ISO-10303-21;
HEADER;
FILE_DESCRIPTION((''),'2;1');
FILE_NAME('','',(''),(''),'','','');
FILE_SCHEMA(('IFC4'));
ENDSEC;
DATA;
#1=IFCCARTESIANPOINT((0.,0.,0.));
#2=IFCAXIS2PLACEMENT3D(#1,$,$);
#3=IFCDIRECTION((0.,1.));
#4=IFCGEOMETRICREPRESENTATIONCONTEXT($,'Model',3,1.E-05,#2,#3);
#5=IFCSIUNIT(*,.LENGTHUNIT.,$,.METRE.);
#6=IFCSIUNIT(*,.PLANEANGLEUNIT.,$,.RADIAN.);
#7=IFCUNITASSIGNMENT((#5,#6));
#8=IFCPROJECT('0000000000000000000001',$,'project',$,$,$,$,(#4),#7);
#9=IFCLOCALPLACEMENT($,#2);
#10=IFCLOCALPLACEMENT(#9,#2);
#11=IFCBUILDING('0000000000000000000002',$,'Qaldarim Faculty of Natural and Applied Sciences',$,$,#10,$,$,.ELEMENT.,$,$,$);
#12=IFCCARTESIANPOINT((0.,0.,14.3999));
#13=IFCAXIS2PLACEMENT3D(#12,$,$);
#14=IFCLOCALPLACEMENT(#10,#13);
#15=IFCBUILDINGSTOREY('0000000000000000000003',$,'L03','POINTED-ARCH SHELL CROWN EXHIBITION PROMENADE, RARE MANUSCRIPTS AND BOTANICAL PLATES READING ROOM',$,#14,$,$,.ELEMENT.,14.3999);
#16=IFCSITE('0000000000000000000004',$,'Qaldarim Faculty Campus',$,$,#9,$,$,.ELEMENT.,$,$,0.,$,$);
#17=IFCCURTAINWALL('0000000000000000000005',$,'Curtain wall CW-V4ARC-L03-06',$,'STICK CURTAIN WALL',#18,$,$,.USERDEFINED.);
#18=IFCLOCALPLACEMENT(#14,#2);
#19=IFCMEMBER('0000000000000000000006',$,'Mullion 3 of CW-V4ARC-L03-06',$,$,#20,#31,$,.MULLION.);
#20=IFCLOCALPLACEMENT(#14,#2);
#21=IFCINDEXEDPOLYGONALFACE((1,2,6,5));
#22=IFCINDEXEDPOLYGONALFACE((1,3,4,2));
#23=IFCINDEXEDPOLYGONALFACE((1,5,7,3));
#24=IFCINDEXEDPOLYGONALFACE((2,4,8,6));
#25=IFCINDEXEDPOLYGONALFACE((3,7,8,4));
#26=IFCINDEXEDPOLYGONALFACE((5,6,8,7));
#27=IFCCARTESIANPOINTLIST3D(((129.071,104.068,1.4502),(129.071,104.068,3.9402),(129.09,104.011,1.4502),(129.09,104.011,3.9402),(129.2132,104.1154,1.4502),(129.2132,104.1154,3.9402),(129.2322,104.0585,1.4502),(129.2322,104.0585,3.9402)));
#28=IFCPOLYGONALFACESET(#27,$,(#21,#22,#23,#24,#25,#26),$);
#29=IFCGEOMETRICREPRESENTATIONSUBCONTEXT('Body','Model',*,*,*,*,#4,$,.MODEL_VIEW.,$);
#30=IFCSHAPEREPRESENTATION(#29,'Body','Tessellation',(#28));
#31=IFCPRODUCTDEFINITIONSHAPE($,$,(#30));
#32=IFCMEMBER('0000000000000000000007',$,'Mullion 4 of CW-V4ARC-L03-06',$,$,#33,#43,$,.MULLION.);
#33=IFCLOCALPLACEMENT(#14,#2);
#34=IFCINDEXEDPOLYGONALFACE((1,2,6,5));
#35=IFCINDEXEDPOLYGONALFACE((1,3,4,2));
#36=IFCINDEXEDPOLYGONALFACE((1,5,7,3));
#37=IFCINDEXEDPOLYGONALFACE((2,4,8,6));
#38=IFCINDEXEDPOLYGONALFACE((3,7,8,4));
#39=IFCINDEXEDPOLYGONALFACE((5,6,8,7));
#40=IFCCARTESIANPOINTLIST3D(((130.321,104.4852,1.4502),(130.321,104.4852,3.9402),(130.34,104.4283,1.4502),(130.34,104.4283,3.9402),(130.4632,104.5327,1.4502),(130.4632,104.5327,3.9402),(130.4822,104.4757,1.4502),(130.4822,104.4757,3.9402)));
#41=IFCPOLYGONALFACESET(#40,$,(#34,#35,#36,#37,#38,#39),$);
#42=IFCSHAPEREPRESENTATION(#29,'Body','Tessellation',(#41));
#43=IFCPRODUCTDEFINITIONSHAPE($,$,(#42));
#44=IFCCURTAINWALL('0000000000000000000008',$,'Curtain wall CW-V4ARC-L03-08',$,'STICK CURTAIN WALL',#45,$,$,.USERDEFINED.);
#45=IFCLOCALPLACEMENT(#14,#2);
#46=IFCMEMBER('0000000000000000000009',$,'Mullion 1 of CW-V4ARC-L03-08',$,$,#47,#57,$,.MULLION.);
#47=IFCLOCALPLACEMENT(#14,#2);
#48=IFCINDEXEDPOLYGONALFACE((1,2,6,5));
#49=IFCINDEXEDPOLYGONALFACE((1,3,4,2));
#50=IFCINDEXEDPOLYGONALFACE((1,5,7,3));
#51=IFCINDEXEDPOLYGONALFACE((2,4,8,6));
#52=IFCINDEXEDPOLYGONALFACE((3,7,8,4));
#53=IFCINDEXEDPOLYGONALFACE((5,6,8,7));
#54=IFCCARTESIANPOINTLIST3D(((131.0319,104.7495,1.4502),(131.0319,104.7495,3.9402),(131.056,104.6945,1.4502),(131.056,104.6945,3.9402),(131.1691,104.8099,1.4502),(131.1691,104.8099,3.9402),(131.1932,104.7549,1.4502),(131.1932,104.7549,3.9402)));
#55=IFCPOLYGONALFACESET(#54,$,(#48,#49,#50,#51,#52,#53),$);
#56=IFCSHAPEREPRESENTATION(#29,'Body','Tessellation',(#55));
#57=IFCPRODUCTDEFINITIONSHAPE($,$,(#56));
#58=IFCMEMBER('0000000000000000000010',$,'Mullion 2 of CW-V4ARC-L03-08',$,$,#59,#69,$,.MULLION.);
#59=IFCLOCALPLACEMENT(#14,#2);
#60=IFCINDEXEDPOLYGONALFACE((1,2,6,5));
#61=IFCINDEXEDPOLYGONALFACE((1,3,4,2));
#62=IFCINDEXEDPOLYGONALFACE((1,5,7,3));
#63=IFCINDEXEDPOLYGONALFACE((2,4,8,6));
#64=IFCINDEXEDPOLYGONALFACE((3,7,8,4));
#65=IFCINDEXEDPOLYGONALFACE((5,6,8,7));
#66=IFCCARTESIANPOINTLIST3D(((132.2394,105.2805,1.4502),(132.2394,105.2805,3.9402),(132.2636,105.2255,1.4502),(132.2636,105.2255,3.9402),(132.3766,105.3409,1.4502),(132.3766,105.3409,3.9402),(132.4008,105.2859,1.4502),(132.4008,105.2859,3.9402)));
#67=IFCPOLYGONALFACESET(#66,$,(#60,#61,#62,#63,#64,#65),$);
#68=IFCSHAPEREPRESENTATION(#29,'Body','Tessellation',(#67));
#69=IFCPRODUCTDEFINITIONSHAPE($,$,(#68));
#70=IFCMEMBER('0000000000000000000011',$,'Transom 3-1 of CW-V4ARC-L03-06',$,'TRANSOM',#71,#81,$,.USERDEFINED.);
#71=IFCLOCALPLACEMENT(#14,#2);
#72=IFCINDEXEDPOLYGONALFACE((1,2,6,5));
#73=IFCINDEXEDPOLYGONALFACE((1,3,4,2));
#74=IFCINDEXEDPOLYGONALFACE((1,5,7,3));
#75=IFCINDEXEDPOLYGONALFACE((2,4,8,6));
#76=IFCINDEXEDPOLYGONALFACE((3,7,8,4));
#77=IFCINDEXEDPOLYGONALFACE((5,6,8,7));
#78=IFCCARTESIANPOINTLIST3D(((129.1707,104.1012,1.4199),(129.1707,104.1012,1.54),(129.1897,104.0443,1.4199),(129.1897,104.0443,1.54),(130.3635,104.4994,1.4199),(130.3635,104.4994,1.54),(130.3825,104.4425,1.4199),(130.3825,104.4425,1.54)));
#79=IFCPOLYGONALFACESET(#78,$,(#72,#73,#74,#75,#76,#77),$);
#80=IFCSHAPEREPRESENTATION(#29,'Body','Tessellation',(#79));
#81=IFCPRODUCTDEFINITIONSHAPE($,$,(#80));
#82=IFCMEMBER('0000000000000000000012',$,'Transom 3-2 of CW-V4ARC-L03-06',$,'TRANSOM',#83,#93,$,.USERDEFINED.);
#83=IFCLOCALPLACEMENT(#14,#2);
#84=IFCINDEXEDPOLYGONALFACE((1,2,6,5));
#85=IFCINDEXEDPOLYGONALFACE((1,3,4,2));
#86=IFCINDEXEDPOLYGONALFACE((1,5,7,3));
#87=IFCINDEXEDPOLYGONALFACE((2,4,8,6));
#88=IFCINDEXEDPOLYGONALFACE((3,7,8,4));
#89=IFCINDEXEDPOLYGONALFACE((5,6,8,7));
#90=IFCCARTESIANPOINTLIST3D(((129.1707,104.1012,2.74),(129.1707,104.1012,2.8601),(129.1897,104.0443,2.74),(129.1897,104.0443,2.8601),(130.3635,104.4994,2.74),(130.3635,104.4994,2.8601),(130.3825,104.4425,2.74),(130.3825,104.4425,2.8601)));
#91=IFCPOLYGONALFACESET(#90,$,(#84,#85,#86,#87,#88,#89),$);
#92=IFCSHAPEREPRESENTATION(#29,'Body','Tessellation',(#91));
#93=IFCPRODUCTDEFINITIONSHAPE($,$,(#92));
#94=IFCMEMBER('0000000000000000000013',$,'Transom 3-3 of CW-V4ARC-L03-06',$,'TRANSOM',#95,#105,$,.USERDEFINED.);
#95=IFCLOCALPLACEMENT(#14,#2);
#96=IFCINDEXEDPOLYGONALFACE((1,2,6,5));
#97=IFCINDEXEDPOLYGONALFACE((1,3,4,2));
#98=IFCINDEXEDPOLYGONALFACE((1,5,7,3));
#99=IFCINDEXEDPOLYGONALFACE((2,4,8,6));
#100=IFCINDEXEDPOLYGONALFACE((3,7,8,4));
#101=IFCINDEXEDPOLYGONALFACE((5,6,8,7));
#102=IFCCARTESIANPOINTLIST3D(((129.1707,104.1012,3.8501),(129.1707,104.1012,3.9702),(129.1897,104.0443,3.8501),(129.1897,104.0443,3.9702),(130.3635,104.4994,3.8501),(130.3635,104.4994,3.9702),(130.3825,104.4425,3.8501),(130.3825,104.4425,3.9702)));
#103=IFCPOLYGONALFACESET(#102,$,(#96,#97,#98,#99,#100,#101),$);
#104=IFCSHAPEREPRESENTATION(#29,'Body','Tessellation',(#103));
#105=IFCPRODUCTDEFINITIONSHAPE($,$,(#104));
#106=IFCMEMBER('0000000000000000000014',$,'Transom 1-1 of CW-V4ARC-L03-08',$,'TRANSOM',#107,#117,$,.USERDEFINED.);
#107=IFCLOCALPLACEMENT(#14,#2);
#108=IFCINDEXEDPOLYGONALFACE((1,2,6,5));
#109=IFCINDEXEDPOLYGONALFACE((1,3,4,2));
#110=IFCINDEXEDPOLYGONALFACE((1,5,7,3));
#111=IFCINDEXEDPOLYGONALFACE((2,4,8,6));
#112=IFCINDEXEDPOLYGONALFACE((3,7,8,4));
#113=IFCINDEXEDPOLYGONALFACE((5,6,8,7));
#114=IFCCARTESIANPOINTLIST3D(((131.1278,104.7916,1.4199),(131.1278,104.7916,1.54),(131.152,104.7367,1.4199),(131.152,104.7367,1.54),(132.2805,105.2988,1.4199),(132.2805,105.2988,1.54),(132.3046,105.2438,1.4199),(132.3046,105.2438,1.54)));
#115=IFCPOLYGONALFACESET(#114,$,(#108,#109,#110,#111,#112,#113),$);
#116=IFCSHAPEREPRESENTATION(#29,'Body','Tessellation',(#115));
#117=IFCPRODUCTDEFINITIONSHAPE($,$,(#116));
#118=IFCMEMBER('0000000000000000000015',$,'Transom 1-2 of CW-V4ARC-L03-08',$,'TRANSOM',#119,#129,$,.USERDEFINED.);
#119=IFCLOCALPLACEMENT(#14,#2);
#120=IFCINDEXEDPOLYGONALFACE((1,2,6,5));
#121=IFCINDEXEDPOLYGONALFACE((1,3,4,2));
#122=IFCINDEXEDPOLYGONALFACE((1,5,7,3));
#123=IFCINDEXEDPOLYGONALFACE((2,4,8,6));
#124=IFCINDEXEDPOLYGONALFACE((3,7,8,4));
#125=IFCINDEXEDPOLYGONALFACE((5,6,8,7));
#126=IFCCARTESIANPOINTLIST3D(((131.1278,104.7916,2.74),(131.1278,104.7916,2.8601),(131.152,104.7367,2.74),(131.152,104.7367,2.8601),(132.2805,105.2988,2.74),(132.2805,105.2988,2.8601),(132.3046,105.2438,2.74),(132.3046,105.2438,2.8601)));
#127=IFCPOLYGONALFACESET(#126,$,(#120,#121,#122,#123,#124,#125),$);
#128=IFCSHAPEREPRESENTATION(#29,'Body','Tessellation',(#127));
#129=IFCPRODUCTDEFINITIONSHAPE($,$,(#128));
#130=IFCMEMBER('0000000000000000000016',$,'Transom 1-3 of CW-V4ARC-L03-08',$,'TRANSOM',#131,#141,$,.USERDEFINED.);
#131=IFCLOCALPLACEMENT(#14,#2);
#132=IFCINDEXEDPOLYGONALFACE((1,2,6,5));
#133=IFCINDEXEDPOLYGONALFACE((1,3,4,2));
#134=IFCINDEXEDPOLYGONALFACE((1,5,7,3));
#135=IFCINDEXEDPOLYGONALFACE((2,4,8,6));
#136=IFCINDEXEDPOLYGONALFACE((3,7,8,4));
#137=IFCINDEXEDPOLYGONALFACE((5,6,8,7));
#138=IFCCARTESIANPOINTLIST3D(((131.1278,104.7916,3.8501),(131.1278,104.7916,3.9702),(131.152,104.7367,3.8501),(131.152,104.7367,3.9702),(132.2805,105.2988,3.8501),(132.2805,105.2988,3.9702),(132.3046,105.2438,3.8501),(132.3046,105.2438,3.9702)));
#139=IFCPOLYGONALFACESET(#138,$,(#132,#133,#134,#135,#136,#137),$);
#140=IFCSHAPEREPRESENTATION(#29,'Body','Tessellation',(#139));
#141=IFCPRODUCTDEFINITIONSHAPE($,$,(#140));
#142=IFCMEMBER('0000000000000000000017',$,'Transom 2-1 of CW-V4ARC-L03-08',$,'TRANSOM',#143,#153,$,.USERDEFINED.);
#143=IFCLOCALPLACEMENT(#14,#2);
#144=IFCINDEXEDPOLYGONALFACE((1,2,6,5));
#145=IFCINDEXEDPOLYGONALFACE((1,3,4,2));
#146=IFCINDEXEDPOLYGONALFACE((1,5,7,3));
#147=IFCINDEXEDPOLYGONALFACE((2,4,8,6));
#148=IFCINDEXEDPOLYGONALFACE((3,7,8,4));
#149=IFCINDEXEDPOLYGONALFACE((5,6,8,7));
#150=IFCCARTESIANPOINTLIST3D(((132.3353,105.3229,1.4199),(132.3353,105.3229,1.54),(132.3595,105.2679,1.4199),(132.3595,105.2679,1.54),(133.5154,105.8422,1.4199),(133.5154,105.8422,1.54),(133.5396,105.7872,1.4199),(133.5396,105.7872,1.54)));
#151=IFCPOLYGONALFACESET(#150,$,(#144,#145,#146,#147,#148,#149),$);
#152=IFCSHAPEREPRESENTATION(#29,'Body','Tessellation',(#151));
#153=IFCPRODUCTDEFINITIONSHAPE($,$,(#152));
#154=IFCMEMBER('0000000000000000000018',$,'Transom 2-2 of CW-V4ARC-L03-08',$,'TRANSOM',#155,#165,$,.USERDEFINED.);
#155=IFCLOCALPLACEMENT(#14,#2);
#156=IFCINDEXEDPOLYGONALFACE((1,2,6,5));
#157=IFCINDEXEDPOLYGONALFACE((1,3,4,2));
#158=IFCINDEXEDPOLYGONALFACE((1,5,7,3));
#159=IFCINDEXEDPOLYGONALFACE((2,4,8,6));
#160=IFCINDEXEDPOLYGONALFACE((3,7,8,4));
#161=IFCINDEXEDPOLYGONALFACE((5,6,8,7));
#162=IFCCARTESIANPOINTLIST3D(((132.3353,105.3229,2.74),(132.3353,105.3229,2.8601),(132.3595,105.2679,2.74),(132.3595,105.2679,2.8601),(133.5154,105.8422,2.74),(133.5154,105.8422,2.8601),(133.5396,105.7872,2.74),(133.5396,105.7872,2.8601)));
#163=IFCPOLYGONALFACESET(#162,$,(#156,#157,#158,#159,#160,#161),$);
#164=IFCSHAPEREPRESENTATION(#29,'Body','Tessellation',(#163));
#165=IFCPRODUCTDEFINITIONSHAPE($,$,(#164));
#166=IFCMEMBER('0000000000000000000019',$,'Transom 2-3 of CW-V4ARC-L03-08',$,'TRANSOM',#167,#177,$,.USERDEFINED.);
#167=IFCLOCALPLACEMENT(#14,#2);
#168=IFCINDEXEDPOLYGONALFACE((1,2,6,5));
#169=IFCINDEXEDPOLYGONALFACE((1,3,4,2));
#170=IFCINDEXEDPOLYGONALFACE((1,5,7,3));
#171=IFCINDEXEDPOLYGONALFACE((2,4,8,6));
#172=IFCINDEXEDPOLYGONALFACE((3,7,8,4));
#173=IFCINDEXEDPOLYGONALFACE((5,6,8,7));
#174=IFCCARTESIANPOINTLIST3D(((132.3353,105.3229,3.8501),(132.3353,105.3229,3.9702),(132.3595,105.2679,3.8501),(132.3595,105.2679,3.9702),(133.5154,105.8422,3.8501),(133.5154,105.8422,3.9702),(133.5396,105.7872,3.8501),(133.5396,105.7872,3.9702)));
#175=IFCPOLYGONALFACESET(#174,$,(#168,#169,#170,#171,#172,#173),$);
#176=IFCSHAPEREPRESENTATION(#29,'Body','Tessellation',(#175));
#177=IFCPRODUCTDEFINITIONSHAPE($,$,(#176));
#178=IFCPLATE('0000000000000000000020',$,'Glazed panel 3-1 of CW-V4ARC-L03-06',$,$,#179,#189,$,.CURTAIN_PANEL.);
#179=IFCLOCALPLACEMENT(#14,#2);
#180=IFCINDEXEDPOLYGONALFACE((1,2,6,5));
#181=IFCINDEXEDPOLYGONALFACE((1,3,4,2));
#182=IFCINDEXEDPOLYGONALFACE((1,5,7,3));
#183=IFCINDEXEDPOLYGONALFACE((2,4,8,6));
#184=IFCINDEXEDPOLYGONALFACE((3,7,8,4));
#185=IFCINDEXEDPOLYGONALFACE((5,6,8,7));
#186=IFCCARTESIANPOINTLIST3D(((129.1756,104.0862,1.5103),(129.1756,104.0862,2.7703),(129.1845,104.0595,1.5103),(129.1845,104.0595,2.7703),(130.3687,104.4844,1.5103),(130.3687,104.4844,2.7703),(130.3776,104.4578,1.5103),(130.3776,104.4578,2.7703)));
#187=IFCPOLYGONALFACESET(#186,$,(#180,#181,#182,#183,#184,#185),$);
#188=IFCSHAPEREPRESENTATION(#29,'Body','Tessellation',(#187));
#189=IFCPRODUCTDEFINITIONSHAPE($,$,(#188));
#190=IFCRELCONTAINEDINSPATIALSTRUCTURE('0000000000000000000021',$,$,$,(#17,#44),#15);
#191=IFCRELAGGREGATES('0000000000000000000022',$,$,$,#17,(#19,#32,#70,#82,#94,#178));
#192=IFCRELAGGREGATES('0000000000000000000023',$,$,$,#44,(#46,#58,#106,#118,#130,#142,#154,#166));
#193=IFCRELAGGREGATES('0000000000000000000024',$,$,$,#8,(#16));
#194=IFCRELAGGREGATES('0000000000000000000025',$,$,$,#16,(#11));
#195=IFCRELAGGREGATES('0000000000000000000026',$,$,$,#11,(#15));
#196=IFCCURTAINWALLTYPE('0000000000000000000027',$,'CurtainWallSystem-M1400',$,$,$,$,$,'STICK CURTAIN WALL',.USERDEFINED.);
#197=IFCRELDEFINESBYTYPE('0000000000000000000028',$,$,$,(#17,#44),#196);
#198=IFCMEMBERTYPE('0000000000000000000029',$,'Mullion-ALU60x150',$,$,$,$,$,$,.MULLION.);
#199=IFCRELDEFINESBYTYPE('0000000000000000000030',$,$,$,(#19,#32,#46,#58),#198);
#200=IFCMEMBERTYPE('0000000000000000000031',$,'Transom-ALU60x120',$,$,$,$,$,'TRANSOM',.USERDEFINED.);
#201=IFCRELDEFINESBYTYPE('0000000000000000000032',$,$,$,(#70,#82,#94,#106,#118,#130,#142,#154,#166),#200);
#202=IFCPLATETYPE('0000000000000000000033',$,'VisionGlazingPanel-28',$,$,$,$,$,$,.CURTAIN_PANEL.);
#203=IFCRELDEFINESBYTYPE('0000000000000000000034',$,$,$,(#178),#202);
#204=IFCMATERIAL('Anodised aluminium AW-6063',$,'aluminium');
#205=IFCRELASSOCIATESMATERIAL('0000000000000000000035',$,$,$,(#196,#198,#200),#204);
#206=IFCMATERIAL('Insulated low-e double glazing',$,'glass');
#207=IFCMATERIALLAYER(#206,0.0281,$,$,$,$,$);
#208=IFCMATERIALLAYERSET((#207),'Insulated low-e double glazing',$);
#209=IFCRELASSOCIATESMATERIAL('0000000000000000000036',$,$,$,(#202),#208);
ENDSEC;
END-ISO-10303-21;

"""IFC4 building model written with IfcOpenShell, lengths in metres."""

from ifc_helpers import new_model, si_unit, direction, frame, origin, origin_2d, place, context, subcontext, project, spatial, rectangle, extrude, material, layer, layer_set, material_profile, profile_set, type_object, element, aggregate, save


model = new_model("IFC4")

# Units and contexts
model_context = context("Model", 3, precision=1e-05, world=origin(), true_north=direction((0.0, 1.0)))
body_context = subcontext(model_context, "Body", "Model", "MODEL_VIEW")
ifc_project = project(units=[si_unit("LENGTHUNIT", "METRE"), si_unit("PLANEANGLEUNIT", "RADIAN")], contexts=[model_context])

# Site, building, storey
site_placement = place(None, origin())
site = spatial("IfcSite", under=ifc_project, at=site_placement, Name="Qaldarim Faculty Campus", CompositionType="ELEMENT", RefElevation=0.0)
building_placement = place(site_placement, origin())
building = spatial("IfcBuilding", under=site, at=building_placement, Name="Qaldarim Faculty of Natural and Applied Sciences", CompositionType="ELEMENT")
storey_placement = place(building_placement, frame((0.0, 0.0, 14.3999)))
storey = spatial("IfcBuildingStorey", under=building, at=storey_placement, Name="L03", Description="POINTED-ARCH SHELL CROWN EXHIBITION PROMENADE, RARE MANUSCRIPTS AND BOTANICAL PLATES READING ROOM", CompositionType="ELEMENT", Elevation=14.3999)

# Curtain walls, members
ifc_material_1 = material(Name="Anodised aluminium AW-6063", Category="aluminium")
curtain_wall_type = type_object("IfcCurtainWallType", Name="CurtainWallSystem-M1400", ElementType="STICK CURTAIN WALL", PredefinedType="USERDEFINED", material=ifc_material_1)
curtain_wall_1_placement = place(storey_placement, origin())
curtain_wall_1 = element("IfcCurtainWall", 1, at=curtain_wall_1_placement, inside=storey, type_object=curtain_wall_type, Name="Curtain wall CW-V4ARC-L03-06", ObjectType="STICK CURTAIN WALL", PredefinedType="USERDEFINED")
ifc_material_profile_1 = material_profile(ifc_material_1, rectangle(XDim=0.0601, YDim=0.1499, at=origin_2d()), Name="ALU-M60x150")
ifc_profile_set_1 = profile_set([ifc_material_profile_1], Name="Anodised aluminium AW-6063")
member_type_1 = type_object("IfcMemberType", Name="Mullion-ALU60x150", PredefinedType="MULLION", material=ifc_profile_set_1)
member_1_placement = place(storey_placement, frame((129.1516, 104.0632, 1.4502), z_axis=(0.0, 0.0, 1.0), x_axis=(-0.316593, 0.948562, 0.0)))
member_1 = element("IfcMember", 2, at=member_1_placement, type_object=member_type_1, Name="Mullion 3 of CW-V4ARC-L03-06", PredefinedType="MULLION", context=body_context, shape_type="SweptSolid", body=[
    extrude(rectangle(XDim=0.0601, YDim=0.1499, at=origin_2d()), origin(), (0.0, 0.0, 1.0), 2.49),
])
member_2_placement = place(storey_placement, frame((130.4016, 104.4805, 1.4502), z_axis=(0.0, 0.0, 1.0), x_axis=(-0.316593, 0.948562, 0.0)))
member_2 = element("IfcMember", 3, at=member_2_placement, type_object=member_type_1, Name="Mullion 4 of CW-V4ARC-L03-06", PredefinedType="MULLION", context=body_context, shape_type="SweptSolid", body=[
    extrude(rectangle(XDim=0.0601, YDim=0.1499, at=origin_2d()), origin(), (0.0, 0.0, 1.0), 2.49),
])
curtain_wall_2_placement = place(storey_placement, origin())
curtain_wall_2 = element("IfcCurtainWall", 4, at=curtain_wall_2_placement, inside=storey, type_object=curtain_wall_type, Name="Curtain wall CW-V4ARC-L03-08", ObjectType="STICK CURTAIN WALL", PredefinedType="USERDEFINED")
member_3_placement = place(storey_placement, frame((131.1125, 104.7522, 1.4502), z_axis=(0.0, 0.0, 1.0), x_axis=(-0.402699, 0.915333, 0.0)))
member_3 = element("IfcMember", 5, at=member_3_placement, type_object=member_type_1, Name="Mullion 1 of CW-V4ARC-L03-08", PredefinedType="MULLION", context=body_context, shape_type="SweptSolid", body=[
    extrude(rectangle(XDim=0.0601, YDim=0.1499, at=origin_2d()), origin(), (0.0, 0.0, 1.0), 2.49),
])
member_4_placement = place(storey_placement, frame((132.3201, 105.2832, 1.4502), z_axis=(0.0, 0.0, 1.0), x_axis=(-0.402699, 0.915333, 0.0)))
member_4 = element("IfcMember", 6, at=member_4_placement, type_object=member_type_1, Name="Mullion 2 of CW-V4ARC-L03-08", PredefinedType="MULLION", context=body_context, shape_type="SweptSolid", body=[
    extrude(rectangle(XDim=0.0601, YDim=0.1499, at=origin_2d()), origin(), (0.0, 0.0, 1.0), 2.49),
])

# Members
ifc_material_profile_2 = material_profile(ifc_material_1, rectangle(XDim=0.0601, YDim=0.1201, at=origin_2d()), Name="ALU-T60x120")
ifc_profile_set_2 = profile_set([ifc_material_profile_2], Name="Anodised aluminium AW-6063")
member_type_2 = type_object("IfcMemberType", Name="Transom-ALU60x120", ElementType="TRANSOM", PredefinedType="USERDEFINED", material=ifc_profile_set_2)
member_5_placement = place(storey_placement, frame((129.1802, 104.0728, 1.48), z_axis=(0.948547, 0.316635, 0.0), x_axis=(-0.316635, 0.948547, 0.0)))
member_5 = element("IfcMember", 7, at=member_5_placement, type_object=member_type_2, Name="Transom 3-1 of CW-V4ARC-L03-06", ObjectType="TRANSOM", PredefinedType="USERDEFINED", context=body_context, shape_type="SweptSolid", body=[
    extrude(rectangle(XDim=0.0601, YDim=0.1201, at=origin_2d()), origin(), (0.0, 0.0, 1.0), 1.2576),
])
member_6_placement = place(storey_placement, frame((129.1802, 104.0728, 2.8), z_axis=(0.948547, 0.316635, 0.0), x_axis=(-0.316635, 0.948547, 0.0)))
member_6 = element("IfcMember", 8, at=member_6_placement, type_object=member_type_2, Name="Transom 3-2 of CW-V4ARC-L03-06", ObjectType="TRANSOM", PredefinedType="USERDEFINED", context=body_context, shape_type="SweptSolid", body=[
    extrude(rectangle(XDim=0.0601, YDim=0.1201, at=origin_2d()), origin(), (0.0, 0.0, 1.0), 1.2576),
])
member_7_placement = place(storey_placement, frame((129.1802, 104.0728, 3.9102), z_axis=(0.948547, 0.316635, 0.0), x_axis=(-0.316635, 0.948547, 0.0)))
member_7 = element("IfcMember", 9, at=member_7_placement, type_object=member_type_2, Name="Transom 3-3 of CW-V4ARC-L03-06", ObjectType="TRANSOM", PredefinedType="USERDEFINED", context=body_context, shape_type="SweptSolid", body=[
    extrude(rectangle(XDim=0.0601, YDim=0.1201, at=origin_2d()), origin(), (0.0, 0.0, 1.0), 1.2576),
])
member_8_placement = place(storey_placement, frame((131.1399, 104.7642, 1.48), z_axis=(0.915332, 0.4027, 0.0), x_axis=(-0.4027, 0.915332, 0.0)))
member_8 = element("IfcMember", 10, at=member_8_placement, type_object=member_type_2, Name="Transom 1-1 of CW-V4ARC-L03-08", ObjectType="TRANSOM", PredefinedType="USERDEFINED", context=body_context, shape_type="SweptSolid", body=[
    extrude(rectangle(XDim=0.0601, YDim=0.1201, at=origin_2d()), origin(), (0.0, 0.0, 1.0), 1.2593),
])
member_9_placement = place(storey_placement, frame((131.1399, 104.7642, 2.8), z_axis=(0.915332, 0.4027, 0.0), x_axis=(-0.4027, 0.915332, 0.0)))
member_9 = element("IfcMember", 11, at=member_9_placement, type_object=member_type_2, Name="Transom 1-2 of CW-V4ARC-L03-08", ObjectType="TRANSOM", PredefinedType="USERDEFINED", context=body_context, shape_type="SweptSolid", body=[
    extrude(rectangle(XDim=0.0601, YDim=0.1201, at=origin_2d()), origin(), (0.0, 0.0, 1.0), 1.2593),
])
member_10_placement = place(storey_placement, frame((131.1399, 104.7642, 3.9102), z_axis=(0.915332, 0.4027, 0.0), x_axis=(-0.4027, 0.915332, 0.0)))
member_10 = element("IfcMember", 12, at=member_10_placement, type_object=member_type_2, Name="Transom 1-3 of CW-V4ARC-L03-08", ObjectType="TRANSOM", PredefinedType="USERDEFINED", context=body_context, shape_type="SweptSolid", body=[
    extrude(rectangle(XDim=0.0601, YDim=0.1201, at=origin_2d()), origin(), (0.0, 0.0, 1.0), 1.2593),
])
member_11_placement = place(storey_placement, frame((132.3474, 105.2954, 1.48), z_axis=(0.915312, 0.402745, 0.0), x_axis=(-0.402745, 0.915312, 0.0)))
member_11 = element("IfcMember", 13, at=member_11_placement, type_object=member_type_2, Name="Transom 2-1 of CW-V4ARC-L03-08", ObjectType="TRANSOM", PredefinedType="USERDEFINED", context=body_context, shape_type="SweptSolid", body=[
    extrude(rectangle(XDim=0.0601, YDim=0.1201, at=origin_2d()), origin(), (0.0, 0.0, 1.0), 1.2893),
])
member_12_placement = place(storey_placement, frame((132.3474, 105.2954, 2.8), z_axis=(0.915312, 0.402745, 0.0), x_axis=(-0.402745, 0.915312, 0.0)))
member_12 = element("IfcMember", 14, at=member_12_placement, type_object=member_type_2, Name="Transom 2-2 of CW-V4ARC-L03-08", ObjectType="TRANSOM", PredefinedType="USERDEFINED", context=body_context, shape_type="SweptSolid", body=[
    extrude(rectangle(XDim=0.0601, YDim=0.1201, at=origin_2d()), origin(), (0.0, 0.0, 1.0), 1.2893),
])
member_13_placement = place(storey_placement, frame((132.3474, 105.2954, 3.9102), z_axis=(0.915312, 0.402745, 0.0), x_axis=(-0.402745, 0.915312, 0.0)))
member_13 = element("IfcMember", 15, at=member_13_placement, type_object=member_type_2, Name="Transom 2-3 of CW-V4ARC-L03-08", ObjectType="TRANSOM", PredefinedType="USERDEFINED", context=body_context, shape_type="SweptSolid", body=[
    extrude(rectangle(XDim=0.0601, YDim=0.1201, at=origin_2d()), origin(), (0.0, 0.0, 1.0), 1.2893),
])

# Plate
ifc_material_2 = material(Name="Insulated low-e double glazing", Category="glass")
ifc_layer_1 = layer(ifc_material_2, 0.0281)
ifc_layer_set_1 = layer_set([ifc_layer_1], Name="Insulated low-e double glazing")
plate_type = type_object("IfcPlateType", Name="VisionGlazingPanel-28", PredefinedType="CURTAIN_PANEL", material=ifc_layer_set_1)
plate_1_placement = place(storey_placement, frame((129.7766, 104.272, 1.5103), z_axis=(0.0, 0.0, 1.0), x_axis=(0.948562, 0.316593, 0.0)))
plate_1 = element("IfcPlate", 16, at=plate_1_placement, type_object=plate_type, Name="Glazed panel 3-1 of CW-V4ARC-L03-06", PredefinedType="CURTAIN_PANEL", context=body_context, shape_type="SweptSolid", body=[
    extrude(rectangle(XDim=1.2578, YDim=0.0281, at=origin_2d()), origin(), (0.0, 0.0, 1.0), 1.26),
])
aggregate(curtain_wall_1, [member_1, member_2, member_5, member_6, member_7, plate_1])
aggregate(curtain_wall_2, [member_3, member_4, member_8, member_9, member_10, member_11, member_12, member_13])

save(model, "model.ifc")
